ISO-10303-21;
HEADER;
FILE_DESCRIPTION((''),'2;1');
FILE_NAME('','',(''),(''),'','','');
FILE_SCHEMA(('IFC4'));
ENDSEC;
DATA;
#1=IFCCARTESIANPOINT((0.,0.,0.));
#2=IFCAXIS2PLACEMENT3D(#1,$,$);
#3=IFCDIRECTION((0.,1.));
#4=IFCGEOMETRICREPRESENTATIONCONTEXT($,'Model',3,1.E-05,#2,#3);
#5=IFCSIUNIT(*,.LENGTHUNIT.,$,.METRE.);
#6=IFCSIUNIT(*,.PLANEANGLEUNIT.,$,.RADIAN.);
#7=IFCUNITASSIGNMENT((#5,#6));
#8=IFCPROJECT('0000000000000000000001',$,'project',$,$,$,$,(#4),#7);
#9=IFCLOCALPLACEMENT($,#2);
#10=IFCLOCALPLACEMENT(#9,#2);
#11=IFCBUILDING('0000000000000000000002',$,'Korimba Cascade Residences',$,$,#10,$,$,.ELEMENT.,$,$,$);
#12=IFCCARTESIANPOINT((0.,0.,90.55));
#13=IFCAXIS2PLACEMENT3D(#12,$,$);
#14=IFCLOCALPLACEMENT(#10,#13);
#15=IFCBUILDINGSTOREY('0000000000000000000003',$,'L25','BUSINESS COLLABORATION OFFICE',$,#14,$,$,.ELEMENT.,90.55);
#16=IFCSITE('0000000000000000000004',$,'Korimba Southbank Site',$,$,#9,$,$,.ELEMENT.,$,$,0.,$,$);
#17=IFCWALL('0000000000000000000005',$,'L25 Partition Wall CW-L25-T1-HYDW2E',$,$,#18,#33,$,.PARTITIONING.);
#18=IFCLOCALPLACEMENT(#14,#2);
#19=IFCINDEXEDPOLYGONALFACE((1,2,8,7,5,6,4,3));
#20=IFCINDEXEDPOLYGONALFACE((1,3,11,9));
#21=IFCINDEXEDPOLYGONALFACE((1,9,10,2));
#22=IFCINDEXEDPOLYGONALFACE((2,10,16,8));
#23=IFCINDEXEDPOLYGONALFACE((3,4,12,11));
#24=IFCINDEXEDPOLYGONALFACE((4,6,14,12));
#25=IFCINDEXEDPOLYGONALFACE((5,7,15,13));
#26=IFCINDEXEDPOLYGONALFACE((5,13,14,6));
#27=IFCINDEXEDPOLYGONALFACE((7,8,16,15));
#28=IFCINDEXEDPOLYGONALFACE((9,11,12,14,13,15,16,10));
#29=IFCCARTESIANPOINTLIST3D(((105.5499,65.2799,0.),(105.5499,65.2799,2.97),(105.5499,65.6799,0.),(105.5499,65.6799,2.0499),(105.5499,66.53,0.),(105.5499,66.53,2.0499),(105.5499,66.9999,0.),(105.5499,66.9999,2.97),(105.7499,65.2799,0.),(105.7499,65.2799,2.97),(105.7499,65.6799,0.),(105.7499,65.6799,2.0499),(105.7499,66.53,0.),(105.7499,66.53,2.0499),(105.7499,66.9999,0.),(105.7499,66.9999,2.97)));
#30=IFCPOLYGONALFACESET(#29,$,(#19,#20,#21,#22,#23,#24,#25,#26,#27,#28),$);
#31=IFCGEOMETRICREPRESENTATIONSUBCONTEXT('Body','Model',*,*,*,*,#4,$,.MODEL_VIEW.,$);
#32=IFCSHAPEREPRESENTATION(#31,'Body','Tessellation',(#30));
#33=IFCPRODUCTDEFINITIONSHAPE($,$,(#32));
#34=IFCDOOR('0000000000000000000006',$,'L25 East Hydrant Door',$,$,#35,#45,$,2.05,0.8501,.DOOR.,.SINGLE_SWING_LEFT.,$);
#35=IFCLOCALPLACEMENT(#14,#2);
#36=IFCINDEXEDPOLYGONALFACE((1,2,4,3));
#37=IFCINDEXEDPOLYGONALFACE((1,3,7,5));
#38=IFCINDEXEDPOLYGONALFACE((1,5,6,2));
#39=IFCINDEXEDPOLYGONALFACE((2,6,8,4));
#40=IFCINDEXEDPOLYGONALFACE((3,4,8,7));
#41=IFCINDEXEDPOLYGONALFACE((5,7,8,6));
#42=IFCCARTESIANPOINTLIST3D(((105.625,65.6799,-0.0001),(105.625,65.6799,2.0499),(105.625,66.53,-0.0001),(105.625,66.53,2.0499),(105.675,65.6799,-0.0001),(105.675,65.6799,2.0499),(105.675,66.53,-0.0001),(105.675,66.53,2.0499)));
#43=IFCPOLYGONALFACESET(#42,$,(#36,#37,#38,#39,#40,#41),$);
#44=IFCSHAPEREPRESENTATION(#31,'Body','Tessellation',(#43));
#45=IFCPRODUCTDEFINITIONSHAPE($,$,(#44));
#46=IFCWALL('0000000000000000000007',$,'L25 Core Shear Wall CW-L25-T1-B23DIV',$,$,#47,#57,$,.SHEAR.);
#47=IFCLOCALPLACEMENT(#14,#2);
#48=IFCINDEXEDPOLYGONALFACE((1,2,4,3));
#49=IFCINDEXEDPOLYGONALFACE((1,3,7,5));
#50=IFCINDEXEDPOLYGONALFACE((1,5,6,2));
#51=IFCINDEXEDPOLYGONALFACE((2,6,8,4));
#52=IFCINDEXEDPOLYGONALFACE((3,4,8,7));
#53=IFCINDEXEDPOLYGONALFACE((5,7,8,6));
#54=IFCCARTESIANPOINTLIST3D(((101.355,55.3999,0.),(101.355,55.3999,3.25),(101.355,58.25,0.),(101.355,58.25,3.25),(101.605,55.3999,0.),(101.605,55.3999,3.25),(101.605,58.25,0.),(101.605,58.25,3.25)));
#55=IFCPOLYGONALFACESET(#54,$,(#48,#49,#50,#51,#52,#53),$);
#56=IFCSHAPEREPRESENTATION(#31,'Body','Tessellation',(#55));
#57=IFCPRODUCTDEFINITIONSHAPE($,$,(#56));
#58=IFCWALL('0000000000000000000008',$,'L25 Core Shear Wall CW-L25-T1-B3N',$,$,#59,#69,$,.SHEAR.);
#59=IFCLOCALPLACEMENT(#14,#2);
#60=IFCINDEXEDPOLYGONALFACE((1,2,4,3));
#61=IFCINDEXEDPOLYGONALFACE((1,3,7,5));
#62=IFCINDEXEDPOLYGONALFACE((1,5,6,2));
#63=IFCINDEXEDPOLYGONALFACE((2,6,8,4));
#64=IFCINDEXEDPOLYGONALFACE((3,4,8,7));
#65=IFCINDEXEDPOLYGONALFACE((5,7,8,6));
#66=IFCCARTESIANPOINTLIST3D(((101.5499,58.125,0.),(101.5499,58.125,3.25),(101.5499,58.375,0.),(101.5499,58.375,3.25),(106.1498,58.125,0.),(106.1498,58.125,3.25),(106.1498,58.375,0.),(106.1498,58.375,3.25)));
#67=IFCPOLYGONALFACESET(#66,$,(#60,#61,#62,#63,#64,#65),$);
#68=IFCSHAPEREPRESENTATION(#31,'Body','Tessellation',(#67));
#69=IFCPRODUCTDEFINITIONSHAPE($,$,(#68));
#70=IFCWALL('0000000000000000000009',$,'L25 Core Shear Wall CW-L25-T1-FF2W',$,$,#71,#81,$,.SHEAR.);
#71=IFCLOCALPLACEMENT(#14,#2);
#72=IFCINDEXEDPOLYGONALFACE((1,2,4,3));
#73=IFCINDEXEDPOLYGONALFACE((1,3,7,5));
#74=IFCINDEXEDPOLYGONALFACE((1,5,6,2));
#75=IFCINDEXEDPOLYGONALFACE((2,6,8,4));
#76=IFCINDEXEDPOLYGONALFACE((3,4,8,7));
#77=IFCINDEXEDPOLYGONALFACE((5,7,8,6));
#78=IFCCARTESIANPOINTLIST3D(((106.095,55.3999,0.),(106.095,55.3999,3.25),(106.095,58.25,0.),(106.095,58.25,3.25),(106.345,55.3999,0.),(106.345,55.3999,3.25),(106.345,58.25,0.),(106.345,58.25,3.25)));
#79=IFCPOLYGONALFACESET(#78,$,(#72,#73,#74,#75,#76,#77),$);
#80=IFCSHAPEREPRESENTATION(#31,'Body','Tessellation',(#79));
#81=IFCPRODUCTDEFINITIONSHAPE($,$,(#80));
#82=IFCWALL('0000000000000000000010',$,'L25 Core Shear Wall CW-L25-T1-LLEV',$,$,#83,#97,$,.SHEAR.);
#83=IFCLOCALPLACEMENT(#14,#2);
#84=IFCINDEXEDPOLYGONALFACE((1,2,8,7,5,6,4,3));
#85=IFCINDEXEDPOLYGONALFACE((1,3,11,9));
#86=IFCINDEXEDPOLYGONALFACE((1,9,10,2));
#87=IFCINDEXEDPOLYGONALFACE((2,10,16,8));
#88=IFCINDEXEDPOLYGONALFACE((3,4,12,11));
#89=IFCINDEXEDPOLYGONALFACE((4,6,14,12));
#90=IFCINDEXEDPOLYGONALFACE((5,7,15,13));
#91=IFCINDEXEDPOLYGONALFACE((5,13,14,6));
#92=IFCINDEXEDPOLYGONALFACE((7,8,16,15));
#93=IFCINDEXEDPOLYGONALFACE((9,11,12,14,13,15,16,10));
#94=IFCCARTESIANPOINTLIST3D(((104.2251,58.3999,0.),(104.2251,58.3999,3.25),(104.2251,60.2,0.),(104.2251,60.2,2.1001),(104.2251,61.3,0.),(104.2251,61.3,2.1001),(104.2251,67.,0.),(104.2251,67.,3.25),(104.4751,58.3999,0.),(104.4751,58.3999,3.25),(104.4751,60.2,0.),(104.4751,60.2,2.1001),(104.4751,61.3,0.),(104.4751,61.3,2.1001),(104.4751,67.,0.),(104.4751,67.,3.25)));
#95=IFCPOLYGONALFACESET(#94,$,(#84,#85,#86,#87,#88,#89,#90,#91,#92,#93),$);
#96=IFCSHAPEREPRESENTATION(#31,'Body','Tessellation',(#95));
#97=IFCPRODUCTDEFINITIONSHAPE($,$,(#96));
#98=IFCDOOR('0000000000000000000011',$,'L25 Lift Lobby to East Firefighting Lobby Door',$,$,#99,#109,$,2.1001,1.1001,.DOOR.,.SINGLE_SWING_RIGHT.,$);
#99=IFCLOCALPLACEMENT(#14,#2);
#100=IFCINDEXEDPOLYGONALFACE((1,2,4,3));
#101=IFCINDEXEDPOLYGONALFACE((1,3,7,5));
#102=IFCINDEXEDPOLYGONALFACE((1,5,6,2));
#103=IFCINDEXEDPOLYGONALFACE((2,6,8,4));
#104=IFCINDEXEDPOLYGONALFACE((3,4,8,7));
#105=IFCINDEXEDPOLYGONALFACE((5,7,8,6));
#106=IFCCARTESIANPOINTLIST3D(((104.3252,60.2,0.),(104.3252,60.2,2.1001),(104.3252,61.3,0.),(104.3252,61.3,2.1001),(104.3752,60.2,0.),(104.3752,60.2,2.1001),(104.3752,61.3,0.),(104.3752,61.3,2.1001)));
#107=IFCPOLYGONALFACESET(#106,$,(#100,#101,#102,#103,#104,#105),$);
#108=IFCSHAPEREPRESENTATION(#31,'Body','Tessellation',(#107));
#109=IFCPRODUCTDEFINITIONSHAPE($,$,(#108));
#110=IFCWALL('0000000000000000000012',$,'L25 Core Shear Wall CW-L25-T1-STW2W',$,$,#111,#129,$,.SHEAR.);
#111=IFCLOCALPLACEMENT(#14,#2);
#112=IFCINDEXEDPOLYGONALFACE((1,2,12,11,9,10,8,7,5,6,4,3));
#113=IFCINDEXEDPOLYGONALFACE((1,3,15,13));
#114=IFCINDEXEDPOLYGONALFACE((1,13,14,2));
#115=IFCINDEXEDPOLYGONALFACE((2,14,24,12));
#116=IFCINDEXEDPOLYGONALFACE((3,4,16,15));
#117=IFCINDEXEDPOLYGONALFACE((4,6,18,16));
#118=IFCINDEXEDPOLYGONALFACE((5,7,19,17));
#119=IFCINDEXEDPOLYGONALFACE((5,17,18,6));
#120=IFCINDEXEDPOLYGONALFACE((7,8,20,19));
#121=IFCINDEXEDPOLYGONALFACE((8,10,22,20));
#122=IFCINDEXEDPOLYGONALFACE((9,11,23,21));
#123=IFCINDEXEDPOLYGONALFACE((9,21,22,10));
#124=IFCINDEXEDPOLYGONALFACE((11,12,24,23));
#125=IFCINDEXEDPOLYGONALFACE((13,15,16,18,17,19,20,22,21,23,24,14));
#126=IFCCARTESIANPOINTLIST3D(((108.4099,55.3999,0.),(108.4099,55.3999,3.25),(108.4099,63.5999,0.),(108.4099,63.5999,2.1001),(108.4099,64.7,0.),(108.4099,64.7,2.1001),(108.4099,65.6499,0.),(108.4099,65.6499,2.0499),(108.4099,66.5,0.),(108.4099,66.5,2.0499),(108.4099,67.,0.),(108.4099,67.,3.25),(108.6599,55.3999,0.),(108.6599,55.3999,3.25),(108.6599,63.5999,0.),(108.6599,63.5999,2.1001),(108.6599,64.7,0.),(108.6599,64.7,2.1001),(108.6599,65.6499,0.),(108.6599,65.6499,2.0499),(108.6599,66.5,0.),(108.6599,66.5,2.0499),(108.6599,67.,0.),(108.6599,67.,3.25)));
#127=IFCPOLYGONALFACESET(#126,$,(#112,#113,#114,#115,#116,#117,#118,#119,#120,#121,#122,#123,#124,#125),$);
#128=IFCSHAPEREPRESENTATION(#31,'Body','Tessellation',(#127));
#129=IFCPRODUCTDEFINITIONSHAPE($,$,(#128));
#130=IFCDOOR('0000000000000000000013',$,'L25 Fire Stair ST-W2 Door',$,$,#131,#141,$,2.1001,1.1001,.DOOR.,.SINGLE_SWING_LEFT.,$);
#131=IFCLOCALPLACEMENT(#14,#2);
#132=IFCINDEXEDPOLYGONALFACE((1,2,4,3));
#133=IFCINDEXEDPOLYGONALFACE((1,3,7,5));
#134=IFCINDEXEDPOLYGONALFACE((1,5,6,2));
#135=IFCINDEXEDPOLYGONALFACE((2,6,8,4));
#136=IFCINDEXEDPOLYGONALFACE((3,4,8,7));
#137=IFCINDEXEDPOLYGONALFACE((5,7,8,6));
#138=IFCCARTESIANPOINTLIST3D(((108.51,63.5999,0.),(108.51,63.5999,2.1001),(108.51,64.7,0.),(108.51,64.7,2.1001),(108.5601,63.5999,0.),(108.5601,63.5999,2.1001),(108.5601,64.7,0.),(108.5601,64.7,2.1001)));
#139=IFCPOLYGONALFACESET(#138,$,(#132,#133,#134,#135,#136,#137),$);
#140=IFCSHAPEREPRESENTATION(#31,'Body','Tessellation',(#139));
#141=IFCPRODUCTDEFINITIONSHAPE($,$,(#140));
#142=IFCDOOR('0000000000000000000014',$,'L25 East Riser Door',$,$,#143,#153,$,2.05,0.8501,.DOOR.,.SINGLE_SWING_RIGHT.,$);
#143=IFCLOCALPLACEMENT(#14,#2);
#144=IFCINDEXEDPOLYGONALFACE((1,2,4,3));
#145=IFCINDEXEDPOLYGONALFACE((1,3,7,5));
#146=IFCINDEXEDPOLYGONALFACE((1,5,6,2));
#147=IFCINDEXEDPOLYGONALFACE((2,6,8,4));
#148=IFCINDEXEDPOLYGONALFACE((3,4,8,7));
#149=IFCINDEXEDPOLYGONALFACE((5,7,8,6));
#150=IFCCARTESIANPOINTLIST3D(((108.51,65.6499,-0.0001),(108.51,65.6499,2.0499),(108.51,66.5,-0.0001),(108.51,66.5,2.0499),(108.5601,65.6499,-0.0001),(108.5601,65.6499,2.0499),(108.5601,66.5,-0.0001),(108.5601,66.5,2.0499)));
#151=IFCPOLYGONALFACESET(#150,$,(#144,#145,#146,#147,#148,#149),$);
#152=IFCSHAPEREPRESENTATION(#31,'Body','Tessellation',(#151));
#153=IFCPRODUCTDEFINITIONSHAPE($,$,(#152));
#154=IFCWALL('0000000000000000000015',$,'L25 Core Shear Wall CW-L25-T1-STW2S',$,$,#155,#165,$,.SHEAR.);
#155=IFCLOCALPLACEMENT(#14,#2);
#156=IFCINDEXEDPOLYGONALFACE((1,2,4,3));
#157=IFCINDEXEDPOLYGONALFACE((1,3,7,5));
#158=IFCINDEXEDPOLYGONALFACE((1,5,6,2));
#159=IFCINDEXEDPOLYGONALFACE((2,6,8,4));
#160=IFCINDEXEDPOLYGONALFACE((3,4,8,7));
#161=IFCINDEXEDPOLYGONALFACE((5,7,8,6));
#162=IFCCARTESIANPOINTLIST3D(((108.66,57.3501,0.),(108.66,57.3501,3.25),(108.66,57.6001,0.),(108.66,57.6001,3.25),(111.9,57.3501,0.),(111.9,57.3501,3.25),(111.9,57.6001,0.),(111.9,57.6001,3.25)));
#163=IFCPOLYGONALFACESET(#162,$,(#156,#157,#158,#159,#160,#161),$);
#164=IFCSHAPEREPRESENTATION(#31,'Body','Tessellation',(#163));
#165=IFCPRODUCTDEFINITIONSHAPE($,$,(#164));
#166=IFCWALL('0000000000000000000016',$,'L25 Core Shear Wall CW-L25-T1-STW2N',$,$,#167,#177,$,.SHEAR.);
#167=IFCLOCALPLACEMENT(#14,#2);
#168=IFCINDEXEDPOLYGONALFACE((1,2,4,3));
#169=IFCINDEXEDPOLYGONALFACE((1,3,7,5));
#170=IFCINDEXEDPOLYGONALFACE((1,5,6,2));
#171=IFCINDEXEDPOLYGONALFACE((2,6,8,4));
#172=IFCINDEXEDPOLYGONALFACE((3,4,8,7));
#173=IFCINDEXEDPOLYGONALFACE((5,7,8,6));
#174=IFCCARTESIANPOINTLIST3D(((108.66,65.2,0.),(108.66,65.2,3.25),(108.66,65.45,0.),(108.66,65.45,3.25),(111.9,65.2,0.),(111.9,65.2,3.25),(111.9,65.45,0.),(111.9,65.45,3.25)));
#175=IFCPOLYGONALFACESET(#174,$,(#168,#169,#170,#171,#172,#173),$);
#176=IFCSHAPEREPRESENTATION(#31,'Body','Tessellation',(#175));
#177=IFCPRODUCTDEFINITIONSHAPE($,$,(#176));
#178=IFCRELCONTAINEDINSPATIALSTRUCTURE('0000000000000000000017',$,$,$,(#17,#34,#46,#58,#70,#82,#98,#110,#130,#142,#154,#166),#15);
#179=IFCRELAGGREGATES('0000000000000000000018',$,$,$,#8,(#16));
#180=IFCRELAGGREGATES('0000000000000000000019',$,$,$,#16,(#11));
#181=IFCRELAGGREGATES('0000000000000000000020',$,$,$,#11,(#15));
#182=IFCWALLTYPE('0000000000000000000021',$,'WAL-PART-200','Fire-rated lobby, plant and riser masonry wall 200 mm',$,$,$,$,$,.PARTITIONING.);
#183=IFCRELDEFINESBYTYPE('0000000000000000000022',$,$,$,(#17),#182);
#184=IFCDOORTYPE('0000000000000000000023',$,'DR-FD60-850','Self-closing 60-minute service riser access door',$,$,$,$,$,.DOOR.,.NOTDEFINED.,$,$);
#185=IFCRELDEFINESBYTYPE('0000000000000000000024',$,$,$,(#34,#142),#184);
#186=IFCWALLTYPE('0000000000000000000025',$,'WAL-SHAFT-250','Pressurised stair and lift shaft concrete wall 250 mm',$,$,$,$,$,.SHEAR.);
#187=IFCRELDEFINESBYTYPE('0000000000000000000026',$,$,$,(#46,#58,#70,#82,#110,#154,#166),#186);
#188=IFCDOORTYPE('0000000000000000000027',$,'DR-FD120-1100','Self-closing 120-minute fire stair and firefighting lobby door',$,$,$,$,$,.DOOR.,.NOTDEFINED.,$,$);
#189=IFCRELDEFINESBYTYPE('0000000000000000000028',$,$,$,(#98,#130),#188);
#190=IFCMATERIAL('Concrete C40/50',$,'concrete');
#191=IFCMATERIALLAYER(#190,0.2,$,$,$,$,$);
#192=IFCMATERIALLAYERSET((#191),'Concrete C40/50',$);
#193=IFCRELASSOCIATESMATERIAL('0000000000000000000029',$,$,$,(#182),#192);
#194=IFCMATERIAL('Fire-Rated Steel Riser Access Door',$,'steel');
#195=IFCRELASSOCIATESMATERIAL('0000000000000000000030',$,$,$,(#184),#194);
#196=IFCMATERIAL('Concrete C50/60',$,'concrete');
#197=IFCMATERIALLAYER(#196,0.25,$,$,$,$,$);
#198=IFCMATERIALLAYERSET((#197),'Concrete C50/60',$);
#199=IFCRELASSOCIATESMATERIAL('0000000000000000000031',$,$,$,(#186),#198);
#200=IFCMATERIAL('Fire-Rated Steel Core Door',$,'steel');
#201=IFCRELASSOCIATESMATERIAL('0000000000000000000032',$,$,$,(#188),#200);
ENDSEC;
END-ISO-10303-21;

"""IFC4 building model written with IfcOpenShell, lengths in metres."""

from ifc_helpers import new_model, si_unit, direction, frame, frame_2d, origin, place, context, subcontext, project, spatial, rectangle, extrude, material, layer, layer_set, type_object, element, fill, save


model = new_model("IFC4")

# Units and contexts
model_context = context("Model", 3, precision=1e-05, world=origin(), true_north=direction((0.0, 1.0)))
body_context = subcontext(model_context, "Body", "Model", "MODEL_VIEW")
ifc_project = project(units=[si_unit("LENGTHUNIT", "METRE"), si_unit("PLANEANGLEUNIT", "RADIAN")], contexts=[model_context])

# Site, building, storey
site_placement = place(None, origin())
site = spatial("IfcSite", under=ifc_project, at=site_placement, Name="Korimba Southbank Site", CompositionType="ELEMENT", RefElevation=0.0)
building_placement = place(site_placement, origin())
building = spatial("IfcBuilding", under=site, at=building_placement, Name="Korimba Cascade Residences", CompositionType="ELEMENT")
storey_placement = place(building_placement, frame((0.0, 0.0, 90.55)))
storey = spatial("IfcBuildingStorey", under=building, at=storey_placement, Name="L25", Description="BUSINESS COLLABORATION OFFICE", CompositionType="ELEMENT", Elevation=90.55)

# Shared definitions
ifc_material_1 = material(Name="Concrete C40/50", Category="concrete")
ifc_layer_1 = layer(ifc_material_1, 0.2)
ifc_layer_set_1 = layer_set([ifc_layer_1], Name="Concrete C40/50")
wall_type_1 = type_object("IfcWallType", Name="WAL-PART-200", Description="Fire-rated lobby, plant and riser masonry wall 200 mm", PredefinedType="PARTITIONING", material=ifc_layer_set_1)

# Wall, opening, door
wall_1_placement = place(storey_placement, frame((105.6499, 65.28, 0.0), z_axis=(0.0, 0.0, 1.0), x_axis=(0.0, 1.0, 0.0)))
wall_1 = element("IfcWall", 1, at=wall_1_placement, inside=storey, type_object=wall_type_1, Name="L25 Partition Wall CW-L25-T1-HYDW2E", PredefinedType="PARTITIONING", context=body_context, shape_type="SweptSolid", body=[
    extrude(rectangle(XDim=1.72, YDim=0.2, at=frame_2d((0.8599, 0.0))), origin(), (0.0, 0.0, 1.0), 2.97),
])
opening_1_placement = place(wall_1_placement, frame((0.3999, 0.0, 0.0)))
opening_1 = element("IfcOpeningElement", 2, at=opening_1_placement, cuts=wall_1, PredefinedType="OPENING", context=body_context, shape_type="SweptSolid", body=[
    extrude(rectangle(XDim=0.8501, YDim=2.05, at=frame_2d((0.425, 1.0249))), frame((0.0, 0.1099, 0.0), z_axis=(0.0, -1.0, 0.0), x_axis=(1.0, 0.0, 0.0)), (0.0, 0.0, 1.0), 0.22),
])
ifc_material_2 = material(Name="Fire-Rated Steel Riser Access Door", Category="steel")
door_type_1 = type_object("IfcDoorType", Name="DR-FD60-850", Description="Self-closing 60-minute service riser access door", OperationType="NOTDEFINED", PredefinedType="DOOR", material=ifc_material_2)
door_1_placement = place(opening_1_placement, origin())
door_1 = element("IfcDoor", 3, at=door_1_placement, inside=storey, type_object=door_type_1, Name="L25 East Hydrant Door", OperationType="SINGLE_SWING_LEFT", OverallHeight=2.05, OverallWidth=0.8501, PredefinedType="DOOR", context=body_context, shape_type="SweptSolid", body=[
    extrude(rectangle(XDim=0.8501, YDim=2.05, at=frame_2d((0.425, 1.0249))), frame((0.0, 0.0249, 0.0), z_axis=(0.0, -1.0, 0.0), x_axis=(1.0, 0.0, 0.0)), (0.0, 0.0, 1.0), 0.05),
])
fill(opening_1, door_1)

# Walls
ifc_material_3 = material(Name="Concrete C50/60", Category="concrete")
ifc_layer_2 = layer(ifc_material_3, 0.25)
ifc_layer_set_2 = layer_set([ifc_layer_2], Name="Concrete C50/60")
wall_type_2 = type_object("IfcWallType", Name="WAL-SHAFT-250", Description="Pressurised stair and lift shaft concrete wall 250 mm", PredefinedType="SHEAR", material=ifc_layer_set_2)
wall_2_placement = place(storey_placement, frame((101.48, 55.3999, 0.0), z_axis=(0.0, 0.0, 1.0), x_axis=(0.0, 1.0, 0.0)))
element("IfcWall", 4, at=wall_2_placement, inside=storey, type_object=wall_type_2, Name="L25 Core Shear Wall CW-L25-T1-B23DIV", PredefinedType="SHEAR", context=body_context, shape_type="SweptSolid", body=[
    extrude(rectangle(XDim=2.8501, YDim=0.25, at=frame_2d((1.425, 0.0))), origin(), (0.0, 0.0, 1.0), 3.25),
])
wall_3_placement = place(storey_placement, frame((101.55, 58.25, 0.0), z_axis=(0.0, 0.0, 1.0), x_axis=(1.0, 0.0, 0.0)))
element("IfcWall", 5, at=wall_3_placement, inside=storey, type_object=wall_type_2, Name="L25 Core Shear Wall CW-L25-T1-B3N", PredefinedType="SHEAR", context=body_context, shape_type="SweptSolid", body=[
    extrude(rectangle(XDim=4.5999, YDim=0.25, at=frame_2d((2.2998, 0.0))), origin(), (0.0, 0.0, 1.0), 3.25),
])
wall_4_placement = place(storey_placement, frame((106.22, 55.3999, 0.0), z_axis=(0.0, 0.0, 1.0), x_axis=(0.0, 1.0, 0.0)))
element("IfcWall", 6, at=wall_4_placement, inside=storey, type_object=wall_type_2, Name="L25 Core Shear Wall CW-L25-T1-FF2W", PredefinedType="SHEAR", context=body_context, shape_type="SweptSolid", body=[
    extrude(rectangle(XDim=2.8501, YDim=0.25, at=frame_2d((1.425, 0.0))), origin(), (0.0, 0.0, 1.0), 3.25),
])

# Wall, opening, door
wall_5_placement = place(storey_placement, frame((104.3501, 58.3999, 0.0), z_axis=(0.0, 0.0, 1.0), x_axis=(0.0, 1.0, 0.0)))
wall_5 = element("IfcWall", 7, at=wall_5_placement, inside=storey, type_object=wall_type_2, Name="L25 Core Shear Wall CW-L25-T1-LLEV", PredefinedType="SHEAR", context=body_context, shape_type="SweptSolid", body=[
    extrude(rectangle(XDim=8.6001, YDim=0.25, at=frame_2d((4.3, 0.0))), origin(), (0.0, 0.0, 1.0), 3.25),
])
opening_2_placement = place(wall_5_placement, frame((1.8, 0.0, 0.0)))
opening_2 = element("IfcOpeningElement", 8, at=opening_2_placement, cuts=wall_5, PredefinedType="OPENING", context=body_context, shape_type="SweptSolid", body=[
    extrude(rectangle(XDim=1.1001, YDim=2.1001, at=frame_2d((0.55, 1.05))), frame((0.0, 0.135, 0.0), z_axis=(0.0, -1.0, 0.0), x_axis=(1.0, 0.0, 0.0)), (0.0, 0.0, 1.0), 0.27),
])
ifc_material_4 = material(Name="Fire-Rated Steel Core Door", Category="steel")
door_type_2 = type_object("IfcDoorType", Name="DR-FD120-1100", Description="Self-closing 120-minute fire stair and firefighting lobby door", OperationType="NOTDEFINED", PredefinedType="DOOR", material=ifc_material_4)
door_2_placement = place(opening_2_placement, origin())
door_2 = element("IfcDoor", 9, at=door_2_placement, inside=storey, type_object=door_type_2, Name="L25 Lift Lobby to East Firefighting Lobby Door", OperationType="SINGLE_SWING_RIGHT", OverallHeight=2.1001, OverallWidth=1.1001, PredefinedType="DOOR", context=body_context, shape_type="SweptSolid", body=[
    extrude(rectangle(XDim=1.1001, YDim=2.1001, at=frame_2d((0.55, 1.05))), frame((0.0, 0.0249, 0.0), z_axis=(0.0, -1.0, 0.0), x_axis=(1.0, 0.0, 0.0)), (0.0, 0.0, 1.0), 0.05),
])
fill(opening_2, door_2)

# Wall, openings, doors
wall_6_placement = place(storey_placement, frame((108.5349, 55.3999, 0.0), z_axis=(0.0, 0.0, 1.0), x_axis=(0.0, 1.0, 0.0)))
wall_6 = element("IfcWall", 10, at=wall_6_placement, inside=storey, type_object=wall_type_2, Name="L25 Core Shear Wall CW-L25-T1-STW2W", PredefinedType="SHEAR", context=body_context, shape_type="SweptSolid", body=[
    extrude(rectangle(XDim=11.6001, YDim=0.25, at=frame_2d((5.8, 0.0))), origin(), (0.0, 0.0, 1.0), 3.25),
])
opening_3_placement = place(wall_6_placement, frame((8.2, 0.0, 0.0)))
opening_3 = element("IfcOpeningElement", 11, at=opening_3_placement, cuts=wall_6, PredefinedType="OPENING", context=body_context, shape_type="SweptSolid", body=[
    extrude(rectangle(XDim=1.1001, YDim=2.1001, at=frame_2d((0.55, 1.05))), frame((0.0, 0.135, 0.0), z_axis=(0.0, -1.0, 0.0), x_axis=(1.0, 0.0, 0.0)), (0.0, 0.0, 1.0), 0.27),
])
opening_4_placement = place(wall_6_placement, frame((10.25, 0.0, 0.0)))
opening_4 = element("IfcOpeningElement", 12, at=opening_4_placement, cuts=wall_6, PredefinedType="OPENING", context=body_context, shape_type="SweptSolid", body=[
    extrude(rectangle(XDim=0.8501, YDim=2.05, at=frame_2d((0.425, 1.0249))), frame((0.0, 0.135, 0.0), z_axis=(0.0, -1.0, 0.0), x_axis=(1.0, 0.0, 0.0)), (0.0, 0.0, 1.0), 0.27),
])
door_3_placement = place(opening_3_placement, origin())
door_3 = element("IfcDoor", 13, at=door_3_placement, inside=storey, type_object=door_type_2, Name="L25 Fire Stair ST-W2 Door", OperationType="SINGLE_SWING_LEFT", OverallHeight=2.1001, OverallWidth=1.1001, PredefinedType="DOOR", context=body_context, shape_type="SweptSolid", body=[
    extrude(rectangle(XDim=1.1001, YDim=2.1001, at=frame_2d((0.55, 1.05))), frame((0.0, 0.0249, 0.0), z_axis=(0.0, -1.0, 0.0), x_axis=(1.0, 0.0, 0.0)), (0.0, 0.0, 1.0), 0.05),
])
fill(opening_3, door_3)
door_4_placement = place(opening_4_placement, origin())
door_4 = element("IfcDoor", 14, at=door_4_placement, inside=storey, type_object=door_type_1, Name="L25 East Riser Door", OperationType="SINGLE_SWING_RIGHT", OverallHeight=2.05, OverallWidth=0.8501, PredefinedType="DOOR", context=body_context, shape_type="SweptSolid", body=[
    extrude(rectangle(XDim=0.8501, YDim=2.05, at=frame_2d((0.425, 1.0249))), frame((0.0, 0.0249, 0.0), z_axis=(0.0, -1.0, 0.0), x_axis=(1.0, 0.0, 0.0)), (0.0, 0.0, 1.0), 0.05),
])
fill(opening_4, door_4)

# Walls
for number, where, z_axis, x_axis, name in (
    (15, (108.6599, 57.4751, 0.0), (0.0, 0.0, 1.0), (1.0, 0.0, 0.0), "L25 Core Shear Wall CW-L25-T1-STW2S"),
    (16, (108.6599, 65.325, 0.0), (0.0, 0.0, 1.0), (1.0, 0.0, 0.0), "L25 Core Shear Wall CW-L25-T1-STW2N"),
):
    element("IfcWall", number, at=place(storey_placement, frame(where, z_axis=z_axis, x_axis=x_axis)), inside=storey, type_object=wall_type_2, Name=name, PredefinedType="SHEAR", context=body_context, shape_type="SweptSolid", body=[
        extrude(rectangle(XDim=3.24, YDim=0.25, at=frame_2d((1.6201, 0.0))), origin(), (0.0, 0.0, 1.0), 3.25),
    ])

save(model, "model.ifc")
